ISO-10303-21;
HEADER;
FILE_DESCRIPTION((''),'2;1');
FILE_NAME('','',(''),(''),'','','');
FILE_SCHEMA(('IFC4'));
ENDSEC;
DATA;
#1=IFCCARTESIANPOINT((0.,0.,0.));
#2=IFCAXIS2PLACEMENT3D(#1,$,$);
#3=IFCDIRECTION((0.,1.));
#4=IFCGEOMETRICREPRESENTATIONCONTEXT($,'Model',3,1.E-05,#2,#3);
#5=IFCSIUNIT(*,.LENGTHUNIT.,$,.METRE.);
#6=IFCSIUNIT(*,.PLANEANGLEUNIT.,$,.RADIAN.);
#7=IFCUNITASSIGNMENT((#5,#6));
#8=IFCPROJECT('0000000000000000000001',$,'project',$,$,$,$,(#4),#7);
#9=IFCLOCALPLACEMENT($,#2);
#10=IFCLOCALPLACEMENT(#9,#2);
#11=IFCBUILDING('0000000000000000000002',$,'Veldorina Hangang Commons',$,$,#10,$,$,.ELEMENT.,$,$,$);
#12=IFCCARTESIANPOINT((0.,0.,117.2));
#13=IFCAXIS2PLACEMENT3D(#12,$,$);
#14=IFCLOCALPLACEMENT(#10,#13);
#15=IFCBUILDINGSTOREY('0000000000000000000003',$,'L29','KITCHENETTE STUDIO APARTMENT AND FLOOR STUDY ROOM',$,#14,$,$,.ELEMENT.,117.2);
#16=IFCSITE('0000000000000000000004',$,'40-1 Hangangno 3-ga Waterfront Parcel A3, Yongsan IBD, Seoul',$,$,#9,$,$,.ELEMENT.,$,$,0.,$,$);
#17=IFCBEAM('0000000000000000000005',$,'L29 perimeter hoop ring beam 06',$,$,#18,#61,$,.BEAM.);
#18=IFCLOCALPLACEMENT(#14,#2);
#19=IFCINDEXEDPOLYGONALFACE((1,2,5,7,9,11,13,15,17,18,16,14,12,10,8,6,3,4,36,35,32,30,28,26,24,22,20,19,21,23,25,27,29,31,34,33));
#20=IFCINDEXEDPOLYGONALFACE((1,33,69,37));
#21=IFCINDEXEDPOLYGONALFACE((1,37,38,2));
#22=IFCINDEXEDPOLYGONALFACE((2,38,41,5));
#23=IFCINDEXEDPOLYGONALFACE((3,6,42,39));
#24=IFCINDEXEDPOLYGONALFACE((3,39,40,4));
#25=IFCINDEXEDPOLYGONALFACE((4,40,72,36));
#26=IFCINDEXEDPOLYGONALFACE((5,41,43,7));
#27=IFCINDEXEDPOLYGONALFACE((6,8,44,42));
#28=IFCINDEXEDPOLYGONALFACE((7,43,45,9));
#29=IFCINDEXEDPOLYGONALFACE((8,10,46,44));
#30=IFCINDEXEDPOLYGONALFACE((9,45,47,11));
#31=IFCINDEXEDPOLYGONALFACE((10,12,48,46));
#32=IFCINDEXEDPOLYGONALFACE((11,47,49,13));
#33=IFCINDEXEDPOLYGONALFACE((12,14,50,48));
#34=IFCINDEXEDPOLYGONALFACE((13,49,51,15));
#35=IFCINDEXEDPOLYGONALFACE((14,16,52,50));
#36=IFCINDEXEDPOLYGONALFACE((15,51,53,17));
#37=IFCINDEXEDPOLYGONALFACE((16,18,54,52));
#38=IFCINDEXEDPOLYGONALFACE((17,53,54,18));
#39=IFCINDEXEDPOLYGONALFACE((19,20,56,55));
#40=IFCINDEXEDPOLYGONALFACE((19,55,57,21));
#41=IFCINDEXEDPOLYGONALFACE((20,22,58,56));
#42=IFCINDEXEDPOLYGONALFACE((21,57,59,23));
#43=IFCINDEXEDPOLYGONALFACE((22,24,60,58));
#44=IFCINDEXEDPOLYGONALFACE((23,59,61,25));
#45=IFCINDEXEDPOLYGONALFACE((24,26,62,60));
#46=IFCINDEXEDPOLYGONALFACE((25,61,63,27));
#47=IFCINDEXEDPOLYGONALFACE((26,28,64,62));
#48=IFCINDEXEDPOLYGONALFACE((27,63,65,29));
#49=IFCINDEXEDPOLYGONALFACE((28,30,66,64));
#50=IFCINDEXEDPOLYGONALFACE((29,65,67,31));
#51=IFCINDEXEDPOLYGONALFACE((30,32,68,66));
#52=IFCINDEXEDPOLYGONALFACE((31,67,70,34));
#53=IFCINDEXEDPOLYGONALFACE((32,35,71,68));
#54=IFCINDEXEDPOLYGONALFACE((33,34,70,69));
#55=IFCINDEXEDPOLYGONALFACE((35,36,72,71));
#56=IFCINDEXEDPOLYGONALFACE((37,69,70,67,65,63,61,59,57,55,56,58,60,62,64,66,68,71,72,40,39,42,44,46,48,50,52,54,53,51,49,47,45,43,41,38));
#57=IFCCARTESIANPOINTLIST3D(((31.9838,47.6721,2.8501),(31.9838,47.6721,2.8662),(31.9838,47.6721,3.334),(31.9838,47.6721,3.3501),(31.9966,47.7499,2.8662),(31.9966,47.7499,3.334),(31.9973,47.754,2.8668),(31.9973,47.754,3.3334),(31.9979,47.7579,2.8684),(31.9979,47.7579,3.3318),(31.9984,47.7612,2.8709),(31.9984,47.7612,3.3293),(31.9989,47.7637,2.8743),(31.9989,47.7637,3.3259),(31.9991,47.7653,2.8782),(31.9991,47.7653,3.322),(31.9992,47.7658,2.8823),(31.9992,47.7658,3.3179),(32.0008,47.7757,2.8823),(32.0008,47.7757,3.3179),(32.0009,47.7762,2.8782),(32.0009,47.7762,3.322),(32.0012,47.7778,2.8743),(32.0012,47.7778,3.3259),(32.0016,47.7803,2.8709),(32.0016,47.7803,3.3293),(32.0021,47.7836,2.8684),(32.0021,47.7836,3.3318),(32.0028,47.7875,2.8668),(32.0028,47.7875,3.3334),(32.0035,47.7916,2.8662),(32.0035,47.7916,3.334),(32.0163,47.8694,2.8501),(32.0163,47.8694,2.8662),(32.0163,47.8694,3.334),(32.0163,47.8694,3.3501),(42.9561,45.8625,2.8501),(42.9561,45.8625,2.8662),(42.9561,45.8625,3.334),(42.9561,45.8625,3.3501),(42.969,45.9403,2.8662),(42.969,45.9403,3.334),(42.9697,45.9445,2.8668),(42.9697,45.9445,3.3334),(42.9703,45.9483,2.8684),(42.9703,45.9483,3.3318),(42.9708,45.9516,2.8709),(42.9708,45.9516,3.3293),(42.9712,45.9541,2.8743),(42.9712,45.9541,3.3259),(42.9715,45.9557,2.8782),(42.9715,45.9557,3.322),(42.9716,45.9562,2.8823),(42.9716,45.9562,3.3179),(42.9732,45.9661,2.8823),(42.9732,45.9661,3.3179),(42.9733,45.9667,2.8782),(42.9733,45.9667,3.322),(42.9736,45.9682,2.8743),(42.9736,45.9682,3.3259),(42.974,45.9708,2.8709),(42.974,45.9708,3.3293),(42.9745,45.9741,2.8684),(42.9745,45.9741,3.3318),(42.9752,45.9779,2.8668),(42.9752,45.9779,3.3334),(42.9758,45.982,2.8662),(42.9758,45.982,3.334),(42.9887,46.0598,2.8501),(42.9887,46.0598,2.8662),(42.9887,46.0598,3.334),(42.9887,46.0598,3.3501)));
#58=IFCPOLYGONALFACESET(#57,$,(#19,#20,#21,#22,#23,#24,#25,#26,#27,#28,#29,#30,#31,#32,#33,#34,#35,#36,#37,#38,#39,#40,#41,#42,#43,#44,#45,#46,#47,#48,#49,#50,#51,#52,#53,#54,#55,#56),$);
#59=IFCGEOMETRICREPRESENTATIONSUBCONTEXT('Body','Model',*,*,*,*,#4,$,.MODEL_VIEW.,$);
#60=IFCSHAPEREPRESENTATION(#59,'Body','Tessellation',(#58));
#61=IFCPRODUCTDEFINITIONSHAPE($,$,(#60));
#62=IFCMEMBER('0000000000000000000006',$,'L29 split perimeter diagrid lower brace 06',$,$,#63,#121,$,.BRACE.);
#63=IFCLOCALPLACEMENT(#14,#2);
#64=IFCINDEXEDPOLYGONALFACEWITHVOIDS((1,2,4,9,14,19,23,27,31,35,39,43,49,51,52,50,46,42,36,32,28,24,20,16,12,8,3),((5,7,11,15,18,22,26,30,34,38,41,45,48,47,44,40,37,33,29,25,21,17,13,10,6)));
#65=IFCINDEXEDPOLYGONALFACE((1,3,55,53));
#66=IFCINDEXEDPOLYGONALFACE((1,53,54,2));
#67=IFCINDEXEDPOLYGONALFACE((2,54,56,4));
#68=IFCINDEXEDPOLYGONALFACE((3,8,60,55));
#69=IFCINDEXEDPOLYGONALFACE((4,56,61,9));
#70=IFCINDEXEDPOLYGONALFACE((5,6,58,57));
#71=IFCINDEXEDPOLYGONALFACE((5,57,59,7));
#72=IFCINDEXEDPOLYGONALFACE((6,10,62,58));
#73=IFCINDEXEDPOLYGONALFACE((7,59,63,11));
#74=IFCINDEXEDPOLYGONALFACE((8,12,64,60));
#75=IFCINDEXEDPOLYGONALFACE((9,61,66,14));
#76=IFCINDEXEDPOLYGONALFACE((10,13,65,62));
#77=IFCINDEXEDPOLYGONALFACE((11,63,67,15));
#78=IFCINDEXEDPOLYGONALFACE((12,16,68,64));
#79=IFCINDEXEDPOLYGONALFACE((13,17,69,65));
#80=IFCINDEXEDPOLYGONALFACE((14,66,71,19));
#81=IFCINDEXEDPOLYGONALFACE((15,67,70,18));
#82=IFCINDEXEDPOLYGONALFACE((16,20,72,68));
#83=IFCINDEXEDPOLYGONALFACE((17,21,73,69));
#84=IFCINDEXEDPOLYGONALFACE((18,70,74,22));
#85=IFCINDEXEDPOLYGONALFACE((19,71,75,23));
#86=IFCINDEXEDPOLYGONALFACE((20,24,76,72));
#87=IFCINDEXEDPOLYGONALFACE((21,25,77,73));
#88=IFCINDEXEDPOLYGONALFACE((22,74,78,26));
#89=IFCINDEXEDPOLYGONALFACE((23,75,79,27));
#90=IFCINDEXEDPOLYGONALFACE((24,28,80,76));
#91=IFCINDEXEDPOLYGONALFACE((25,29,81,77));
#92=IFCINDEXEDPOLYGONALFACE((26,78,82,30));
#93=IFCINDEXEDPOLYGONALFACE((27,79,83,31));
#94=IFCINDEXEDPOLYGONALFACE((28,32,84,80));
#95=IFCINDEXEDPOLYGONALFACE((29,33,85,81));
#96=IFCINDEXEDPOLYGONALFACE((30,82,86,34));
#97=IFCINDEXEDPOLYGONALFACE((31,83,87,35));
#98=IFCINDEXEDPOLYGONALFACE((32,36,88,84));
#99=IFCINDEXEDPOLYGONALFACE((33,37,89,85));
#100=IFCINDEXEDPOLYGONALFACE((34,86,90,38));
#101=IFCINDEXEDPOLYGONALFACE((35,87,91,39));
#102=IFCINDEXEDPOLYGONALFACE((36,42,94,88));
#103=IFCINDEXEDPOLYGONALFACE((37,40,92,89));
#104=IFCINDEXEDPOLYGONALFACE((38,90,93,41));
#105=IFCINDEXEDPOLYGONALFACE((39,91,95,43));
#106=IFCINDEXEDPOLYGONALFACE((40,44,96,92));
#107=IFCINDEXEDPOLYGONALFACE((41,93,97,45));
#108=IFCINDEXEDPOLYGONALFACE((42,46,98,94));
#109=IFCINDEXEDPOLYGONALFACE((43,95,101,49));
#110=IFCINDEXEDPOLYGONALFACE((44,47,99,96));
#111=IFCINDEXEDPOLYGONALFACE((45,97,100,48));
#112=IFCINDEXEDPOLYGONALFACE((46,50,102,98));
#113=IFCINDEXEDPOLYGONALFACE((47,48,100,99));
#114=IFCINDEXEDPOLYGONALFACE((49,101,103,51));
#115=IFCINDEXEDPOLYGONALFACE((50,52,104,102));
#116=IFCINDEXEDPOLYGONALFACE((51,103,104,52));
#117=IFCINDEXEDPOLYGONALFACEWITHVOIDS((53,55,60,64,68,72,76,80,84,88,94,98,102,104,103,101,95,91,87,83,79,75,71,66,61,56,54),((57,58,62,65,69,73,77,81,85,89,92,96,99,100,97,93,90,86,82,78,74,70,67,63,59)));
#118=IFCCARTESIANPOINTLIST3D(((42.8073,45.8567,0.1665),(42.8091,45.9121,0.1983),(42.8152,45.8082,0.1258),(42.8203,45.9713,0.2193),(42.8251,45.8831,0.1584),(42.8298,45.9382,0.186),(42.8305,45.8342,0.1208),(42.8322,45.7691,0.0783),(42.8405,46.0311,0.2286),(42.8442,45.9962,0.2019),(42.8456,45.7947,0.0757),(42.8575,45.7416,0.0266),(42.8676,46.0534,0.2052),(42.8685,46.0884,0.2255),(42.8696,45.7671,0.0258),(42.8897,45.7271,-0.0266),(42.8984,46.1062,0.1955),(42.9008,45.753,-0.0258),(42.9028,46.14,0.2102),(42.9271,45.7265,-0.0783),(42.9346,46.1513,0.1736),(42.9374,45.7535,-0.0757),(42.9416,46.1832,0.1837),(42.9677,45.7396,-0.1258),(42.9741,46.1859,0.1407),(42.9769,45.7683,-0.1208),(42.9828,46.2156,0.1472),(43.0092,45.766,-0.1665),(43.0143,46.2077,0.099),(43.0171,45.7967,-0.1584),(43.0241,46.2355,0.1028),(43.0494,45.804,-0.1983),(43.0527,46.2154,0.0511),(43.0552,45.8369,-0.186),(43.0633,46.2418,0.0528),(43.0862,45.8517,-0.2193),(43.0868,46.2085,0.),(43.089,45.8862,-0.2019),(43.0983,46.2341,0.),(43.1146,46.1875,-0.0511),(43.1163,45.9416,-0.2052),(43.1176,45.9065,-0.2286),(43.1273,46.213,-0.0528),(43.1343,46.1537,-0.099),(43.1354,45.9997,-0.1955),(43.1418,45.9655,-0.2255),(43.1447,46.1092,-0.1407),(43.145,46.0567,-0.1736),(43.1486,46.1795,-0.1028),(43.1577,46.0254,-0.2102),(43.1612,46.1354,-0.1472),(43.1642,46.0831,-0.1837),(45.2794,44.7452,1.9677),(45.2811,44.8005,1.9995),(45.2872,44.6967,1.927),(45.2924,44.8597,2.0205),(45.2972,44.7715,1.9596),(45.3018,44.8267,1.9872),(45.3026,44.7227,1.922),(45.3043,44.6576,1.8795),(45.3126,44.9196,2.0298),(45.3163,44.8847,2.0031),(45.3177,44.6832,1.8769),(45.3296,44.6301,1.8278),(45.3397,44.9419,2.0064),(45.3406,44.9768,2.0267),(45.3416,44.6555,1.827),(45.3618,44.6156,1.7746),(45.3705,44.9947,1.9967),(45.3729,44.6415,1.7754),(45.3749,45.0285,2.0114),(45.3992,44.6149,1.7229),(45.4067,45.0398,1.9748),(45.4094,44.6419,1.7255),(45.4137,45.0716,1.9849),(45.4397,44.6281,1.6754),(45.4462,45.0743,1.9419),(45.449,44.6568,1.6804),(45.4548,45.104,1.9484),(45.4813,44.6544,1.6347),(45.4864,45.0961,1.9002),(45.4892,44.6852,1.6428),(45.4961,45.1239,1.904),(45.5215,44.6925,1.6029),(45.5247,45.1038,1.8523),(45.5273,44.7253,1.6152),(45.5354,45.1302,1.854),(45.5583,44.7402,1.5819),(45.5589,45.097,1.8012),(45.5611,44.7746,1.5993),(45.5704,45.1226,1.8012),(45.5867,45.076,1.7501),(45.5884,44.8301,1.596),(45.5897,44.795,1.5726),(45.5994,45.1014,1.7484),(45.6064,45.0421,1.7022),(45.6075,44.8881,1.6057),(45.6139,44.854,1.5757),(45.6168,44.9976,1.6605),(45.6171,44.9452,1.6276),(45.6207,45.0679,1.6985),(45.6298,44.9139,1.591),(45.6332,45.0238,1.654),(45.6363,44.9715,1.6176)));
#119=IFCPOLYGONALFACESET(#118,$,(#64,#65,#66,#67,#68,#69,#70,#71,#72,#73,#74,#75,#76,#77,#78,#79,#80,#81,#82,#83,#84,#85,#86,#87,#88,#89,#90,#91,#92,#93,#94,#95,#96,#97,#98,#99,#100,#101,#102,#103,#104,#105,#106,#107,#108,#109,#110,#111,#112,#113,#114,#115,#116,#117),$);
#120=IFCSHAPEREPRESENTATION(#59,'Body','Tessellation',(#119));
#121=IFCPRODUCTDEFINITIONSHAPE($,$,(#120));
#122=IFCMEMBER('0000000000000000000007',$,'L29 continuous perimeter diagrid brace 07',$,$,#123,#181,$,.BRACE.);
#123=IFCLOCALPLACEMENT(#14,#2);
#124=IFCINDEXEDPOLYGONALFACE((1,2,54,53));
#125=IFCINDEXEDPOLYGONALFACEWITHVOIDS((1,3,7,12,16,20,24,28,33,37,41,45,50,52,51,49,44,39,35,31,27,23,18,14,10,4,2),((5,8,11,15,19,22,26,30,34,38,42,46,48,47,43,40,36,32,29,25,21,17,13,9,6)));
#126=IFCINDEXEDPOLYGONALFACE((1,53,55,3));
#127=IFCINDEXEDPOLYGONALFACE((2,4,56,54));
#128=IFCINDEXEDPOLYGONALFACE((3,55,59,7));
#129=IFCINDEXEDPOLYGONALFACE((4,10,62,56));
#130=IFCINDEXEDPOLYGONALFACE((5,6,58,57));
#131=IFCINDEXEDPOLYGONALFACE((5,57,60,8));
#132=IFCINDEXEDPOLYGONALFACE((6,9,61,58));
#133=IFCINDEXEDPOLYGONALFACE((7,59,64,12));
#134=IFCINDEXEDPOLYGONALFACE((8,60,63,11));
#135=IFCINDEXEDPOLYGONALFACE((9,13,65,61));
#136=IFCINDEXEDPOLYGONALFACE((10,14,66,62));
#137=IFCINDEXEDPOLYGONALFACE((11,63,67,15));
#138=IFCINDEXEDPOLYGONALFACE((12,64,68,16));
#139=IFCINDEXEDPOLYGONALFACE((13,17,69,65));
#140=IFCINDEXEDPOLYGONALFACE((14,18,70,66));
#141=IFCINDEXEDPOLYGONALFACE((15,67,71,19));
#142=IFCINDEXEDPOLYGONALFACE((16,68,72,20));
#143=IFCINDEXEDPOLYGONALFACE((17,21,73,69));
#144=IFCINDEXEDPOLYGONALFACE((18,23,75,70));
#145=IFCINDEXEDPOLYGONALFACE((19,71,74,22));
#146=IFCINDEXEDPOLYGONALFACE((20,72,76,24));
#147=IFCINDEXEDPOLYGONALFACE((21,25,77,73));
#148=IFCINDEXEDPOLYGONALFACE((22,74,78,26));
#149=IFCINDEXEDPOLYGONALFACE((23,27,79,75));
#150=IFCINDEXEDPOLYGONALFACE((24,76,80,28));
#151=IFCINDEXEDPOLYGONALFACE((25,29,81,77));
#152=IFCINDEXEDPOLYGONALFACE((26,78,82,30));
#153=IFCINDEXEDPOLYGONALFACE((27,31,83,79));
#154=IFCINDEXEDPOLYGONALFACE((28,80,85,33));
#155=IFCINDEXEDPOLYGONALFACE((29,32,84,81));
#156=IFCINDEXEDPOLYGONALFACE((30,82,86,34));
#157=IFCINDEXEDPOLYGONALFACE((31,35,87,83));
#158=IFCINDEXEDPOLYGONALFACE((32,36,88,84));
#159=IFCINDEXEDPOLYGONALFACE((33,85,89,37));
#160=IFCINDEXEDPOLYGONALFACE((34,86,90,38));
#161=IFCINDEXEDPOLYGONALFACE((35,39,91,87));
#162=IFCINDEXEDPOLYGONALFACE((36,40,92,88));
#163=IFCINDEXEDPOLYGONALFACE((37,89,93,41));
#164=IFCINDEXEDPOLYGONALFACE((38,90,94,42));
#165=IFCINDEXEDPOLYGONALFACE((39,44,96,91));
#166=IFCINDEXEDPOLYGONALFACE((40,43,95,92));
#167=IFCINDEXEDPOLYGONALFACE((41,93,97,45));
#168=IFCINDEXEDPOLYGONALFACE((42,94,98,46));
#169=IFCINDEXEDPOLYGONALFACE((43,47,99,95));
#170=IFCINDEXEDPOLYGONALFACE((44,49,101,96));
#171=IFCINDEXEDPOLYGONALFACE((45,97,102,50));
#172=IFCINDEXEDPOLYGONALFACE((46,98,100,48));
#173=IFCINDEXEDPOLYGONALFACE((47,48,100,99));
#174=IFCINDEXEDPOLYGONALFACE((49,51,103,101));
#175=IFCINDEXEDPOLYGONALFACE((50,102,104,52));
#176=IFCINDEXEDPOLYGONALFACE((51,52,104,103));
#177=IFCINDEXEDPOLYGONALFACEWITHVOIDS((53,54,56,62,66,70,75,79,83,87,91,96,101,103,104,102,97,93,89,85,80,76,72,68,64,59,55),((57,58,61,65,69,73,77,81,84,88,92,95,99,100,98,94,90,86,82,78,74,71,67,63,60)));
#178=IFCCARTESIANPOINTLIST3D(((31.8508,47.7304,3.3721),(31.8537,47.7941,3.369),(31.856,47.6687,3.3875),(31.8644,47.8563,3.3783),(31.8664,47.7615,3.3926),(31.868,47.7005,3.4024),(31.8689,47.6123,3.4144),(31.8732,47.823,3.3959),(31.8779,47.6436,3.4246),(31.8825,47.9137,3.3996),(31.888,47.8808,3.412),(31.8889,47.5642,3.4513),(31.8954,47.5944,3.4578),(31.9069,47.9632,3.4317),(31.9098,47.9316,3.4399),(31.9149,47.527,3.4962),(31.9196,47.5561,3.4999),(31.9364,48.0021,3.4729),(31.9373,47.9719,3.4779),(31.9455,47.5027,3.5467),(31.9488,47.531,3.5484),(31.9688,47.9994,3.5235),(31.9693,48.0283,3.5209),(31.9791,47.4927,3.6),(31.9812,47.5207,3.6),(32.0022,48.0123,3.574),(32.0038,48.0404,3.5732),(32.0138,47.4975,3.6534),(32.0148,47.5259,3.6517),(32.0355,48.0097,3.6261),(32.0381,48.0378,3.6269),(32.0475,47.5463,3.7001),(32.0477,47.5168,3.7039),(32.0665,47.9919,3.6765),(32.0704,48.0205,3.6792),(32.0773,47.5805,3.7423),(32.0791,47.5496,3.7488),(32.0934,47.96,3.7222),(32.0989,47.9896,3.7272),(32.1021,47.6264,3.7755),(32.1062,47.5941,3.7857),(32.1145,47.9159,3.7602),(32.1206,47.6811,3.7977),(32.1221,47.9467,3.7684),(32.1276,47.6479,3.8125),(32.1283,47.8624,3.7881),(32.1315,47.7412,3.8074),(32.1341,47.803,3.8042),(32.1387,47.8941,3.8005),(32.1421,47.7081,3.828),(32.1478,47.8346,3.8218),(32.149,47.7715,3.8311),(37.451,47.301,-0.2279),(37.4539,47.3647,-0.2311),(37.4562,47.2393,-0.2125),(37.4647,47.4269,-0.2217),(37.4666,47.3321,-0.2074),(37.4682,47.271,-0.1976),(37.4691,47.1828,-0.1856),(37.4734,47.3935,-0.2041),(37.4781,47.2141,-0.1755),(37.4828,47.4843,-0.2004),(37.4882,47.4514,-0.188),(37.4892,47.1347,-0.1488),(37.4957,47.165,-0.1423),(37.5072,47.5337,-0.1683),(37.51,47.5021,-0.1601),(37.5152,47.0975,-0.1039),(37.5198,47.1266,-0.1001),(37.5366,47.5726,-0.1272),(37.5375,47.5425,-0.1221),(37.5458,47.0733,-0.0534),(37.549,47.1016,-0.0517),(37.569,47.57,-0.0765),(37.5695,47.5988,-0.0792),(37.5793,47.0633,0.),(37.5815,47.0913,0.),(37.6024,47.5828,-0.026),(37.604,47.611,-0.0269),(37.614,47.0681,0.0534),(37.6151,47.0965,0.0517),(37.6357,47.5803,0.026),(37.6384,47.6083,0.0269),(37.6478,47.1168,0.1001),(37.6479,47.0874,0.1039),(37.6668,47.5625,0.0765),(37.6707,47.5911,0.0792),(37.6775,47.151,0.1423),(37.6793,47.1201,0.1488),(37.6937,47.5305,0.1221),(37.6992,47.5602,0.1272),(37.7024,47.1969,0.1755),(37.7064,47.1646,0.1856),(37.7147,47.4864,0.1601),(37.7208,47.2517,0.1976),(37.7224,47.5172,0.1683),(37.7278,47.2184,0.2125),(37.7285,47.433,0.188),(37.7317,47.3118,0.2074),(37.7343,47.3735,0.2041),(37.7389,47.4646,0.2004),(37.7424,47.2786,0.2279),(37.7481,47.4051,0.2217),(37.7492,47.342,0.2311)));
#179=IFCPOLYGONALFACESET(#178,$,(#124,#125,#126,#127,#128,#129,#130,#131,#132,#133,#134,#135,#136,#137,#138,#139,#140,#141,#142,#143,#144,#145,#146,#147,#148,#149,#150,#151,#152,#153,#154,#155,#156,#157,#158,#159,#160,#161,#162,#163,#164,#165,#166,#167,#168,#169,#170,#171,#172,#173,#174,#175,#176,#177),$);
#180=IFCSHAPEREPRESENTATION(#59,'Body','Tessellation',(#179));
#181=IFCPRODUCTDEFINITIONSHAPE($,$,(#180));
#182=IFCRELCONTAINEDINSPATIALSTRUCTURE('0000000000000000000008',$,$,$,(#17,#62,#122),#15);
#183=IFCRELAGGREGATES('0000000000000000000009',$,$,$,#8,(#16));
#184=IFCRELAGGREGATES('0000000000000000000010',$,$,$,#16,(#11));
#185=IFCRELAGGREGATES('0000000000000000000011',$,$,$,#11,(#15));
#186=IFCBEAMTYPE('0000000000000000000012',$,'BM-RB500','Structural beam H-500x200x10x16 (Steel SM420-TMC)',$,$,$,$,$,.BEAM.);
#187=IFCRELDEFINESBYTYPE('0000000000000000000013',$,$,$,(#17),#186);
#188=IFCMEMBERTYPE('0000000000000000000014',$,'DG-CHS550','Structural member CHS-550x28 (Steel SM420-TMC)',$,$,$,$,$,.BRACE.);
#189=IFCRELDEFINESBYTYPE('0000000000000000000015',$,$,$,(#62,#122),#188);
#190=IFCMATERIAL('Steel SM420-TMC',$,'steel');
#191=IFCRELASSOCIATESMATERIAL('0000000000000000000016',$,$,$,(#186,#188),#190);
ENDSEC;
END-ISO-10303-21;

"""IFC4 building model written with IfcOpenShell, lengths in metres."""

from ifc_helpers import new_model, si_unit, direction, frame, origin, origin_2d, place, context, subcontext, project, spatial, hollow_circle, i_section, extrude, material, material_profile, profile_set, type_object, element, save


model = new_model("IFC4")

# Units and contexts
model_context = context("Model", 3, precision=1e-05, world=origin(), true_north=direction((0.0, 1.0)))
body_context = subcontext(model_context, "Body", "Model", "MODEL_VIEW")
ifc_project = project(units=[si_unit("LENGTHUNIT", "METRE"), si_unit("PLANEANGLEUNIT", "RADIAN")], contexts=[model_context])

# Site, building, storey
site_placement = place(None, origin())
site = spatial("IfcSite", under=ifc_project, at=site_placement, Name="40-1 Hangangno 3-ga Waterfront Parcel A3, Yongsan IBD, Seoul", CompositionType="ELEMENT", RefElevation=0.0)
building_placement = place(site_placement, origin())
building = spatial("IfcBuilding", under=site, at=building_placement, Name="Veldorina Hangang Commons", CompositionType="ELEMENT")
storey_placement = place(building_placement, frame((0.0, 0.0, 117.2)))
storey = spatial("IfcBuildingStorey", under=building, at=storey_placement, Name="L29", Description="KITCHENETTE STUDIO APARTMENT AND FLOOR STUDY ROOM", CompositionType="ELEMENT", Elevation=117.2)

# Beam
ifc_material_1 = material(Name="Steel SM420-TMC", Category="steel")
ifc_material_profile_1 = material_profile(ifc_material_1, i_section(OverallWidth=0.2, OverallDepth=0.5, WebThickness=0.01, FlangeThickness=0.0161, FilletRadius=0.0161, at=origin_2d()), Name="H-500x200x10x16")
ifc_profile_set_1 = profile_set([ifc_material_profile_1], Name="Steel SM420-TMC")
beam_type = type_object("IfcBeamType", Name="BM-RB500", Description="Structural beam H-500x200x10x16 (Steel SM420-TMC)", PredefinedType="BEAM", material=ifc_profile_set_1)
beam_placement = place(storey_placement, frame((42.9724, 45.9612, 3.1001), z_axis=(-0.986672, 0.162722, 0.0), x_axis=(-0.162722, -0.986672, 0.0)))
element("IfcBeam", 1, at=beam_placement, inside=storey, type_object=beam_type, Name="L29 perimeter hoop ring beam 06", PredefinedType="BEAM", context=body_context, shape_type="SweptSolid", body=[
    extrude(i_section(OverallWidth=0.2, OverallDepth=0.5, WebThickness=0.01, FlangeThickness=0.0161, FilletRadius=0.0161, at=origin_2d()), origin(), (0.0, 0.0, 1.0), 11.1206),
])

# Members
ifc_material_profile_2 = material_profile(ifc_material_1, hollow_circle(Radius=0.2749, WallThickness=0.0281, at=origin_2d()), Name="CHS-550x28")
ifc_profile_set_2 = profile_set([ifc_material_profile_2], Name="Steel SM420-TMC")
member_type = type_object("IfcMemberType", Name="DG-CHS550", Description="Structural member CHS-550x28 (Steel SM420-TMC)", PredefinedType="BRACE", material=ifc_profile_set_2)
member_1_placement = place(storey_placement, frame((42.9856, 45.9834, 0.0), z_axis=(0.759615, -0.341549, 0.55347), x_axis=(0.410088, 0.912046, 0.0)))
element("IfcMember", 2, at=member_1_placement, inside=storey, type_object=member_type, Name="L29 split perimeter diagrid lower brace 06", PredefinedType="BRACE", context=body_context, shape_type="SweptSolid", body=[
    extrude(hollow_circle(Radius=0.2749, WallThickness=0.0281, at=origin_2d()), origin(), (0.0, 0.0, 1.0), 3.2544),
])
member_2_placement = place(storey_placement, frame((37.6003, 47.3374, 0.0), z_axis=(-0.839442, 0.06437, 0.539623), x_axis=(-0.076457, -0.997073, 0.0)))
element("IfcMember", 3, at=member_2_placement, inside=storey, type_object=member_type, Name="L29 continuous perimeter diagrid brace 07", PredefinedType="BRACE", context=body_context, shape_type="SweptSolid", body=[
    extrude(hollow_circle(Radius=0.2749, WallThickness=0.0281, at=origin_2d()), origin(), (0.0, 0.0, 1.0), 6.6714),
])

save(model, "model.ifc")
